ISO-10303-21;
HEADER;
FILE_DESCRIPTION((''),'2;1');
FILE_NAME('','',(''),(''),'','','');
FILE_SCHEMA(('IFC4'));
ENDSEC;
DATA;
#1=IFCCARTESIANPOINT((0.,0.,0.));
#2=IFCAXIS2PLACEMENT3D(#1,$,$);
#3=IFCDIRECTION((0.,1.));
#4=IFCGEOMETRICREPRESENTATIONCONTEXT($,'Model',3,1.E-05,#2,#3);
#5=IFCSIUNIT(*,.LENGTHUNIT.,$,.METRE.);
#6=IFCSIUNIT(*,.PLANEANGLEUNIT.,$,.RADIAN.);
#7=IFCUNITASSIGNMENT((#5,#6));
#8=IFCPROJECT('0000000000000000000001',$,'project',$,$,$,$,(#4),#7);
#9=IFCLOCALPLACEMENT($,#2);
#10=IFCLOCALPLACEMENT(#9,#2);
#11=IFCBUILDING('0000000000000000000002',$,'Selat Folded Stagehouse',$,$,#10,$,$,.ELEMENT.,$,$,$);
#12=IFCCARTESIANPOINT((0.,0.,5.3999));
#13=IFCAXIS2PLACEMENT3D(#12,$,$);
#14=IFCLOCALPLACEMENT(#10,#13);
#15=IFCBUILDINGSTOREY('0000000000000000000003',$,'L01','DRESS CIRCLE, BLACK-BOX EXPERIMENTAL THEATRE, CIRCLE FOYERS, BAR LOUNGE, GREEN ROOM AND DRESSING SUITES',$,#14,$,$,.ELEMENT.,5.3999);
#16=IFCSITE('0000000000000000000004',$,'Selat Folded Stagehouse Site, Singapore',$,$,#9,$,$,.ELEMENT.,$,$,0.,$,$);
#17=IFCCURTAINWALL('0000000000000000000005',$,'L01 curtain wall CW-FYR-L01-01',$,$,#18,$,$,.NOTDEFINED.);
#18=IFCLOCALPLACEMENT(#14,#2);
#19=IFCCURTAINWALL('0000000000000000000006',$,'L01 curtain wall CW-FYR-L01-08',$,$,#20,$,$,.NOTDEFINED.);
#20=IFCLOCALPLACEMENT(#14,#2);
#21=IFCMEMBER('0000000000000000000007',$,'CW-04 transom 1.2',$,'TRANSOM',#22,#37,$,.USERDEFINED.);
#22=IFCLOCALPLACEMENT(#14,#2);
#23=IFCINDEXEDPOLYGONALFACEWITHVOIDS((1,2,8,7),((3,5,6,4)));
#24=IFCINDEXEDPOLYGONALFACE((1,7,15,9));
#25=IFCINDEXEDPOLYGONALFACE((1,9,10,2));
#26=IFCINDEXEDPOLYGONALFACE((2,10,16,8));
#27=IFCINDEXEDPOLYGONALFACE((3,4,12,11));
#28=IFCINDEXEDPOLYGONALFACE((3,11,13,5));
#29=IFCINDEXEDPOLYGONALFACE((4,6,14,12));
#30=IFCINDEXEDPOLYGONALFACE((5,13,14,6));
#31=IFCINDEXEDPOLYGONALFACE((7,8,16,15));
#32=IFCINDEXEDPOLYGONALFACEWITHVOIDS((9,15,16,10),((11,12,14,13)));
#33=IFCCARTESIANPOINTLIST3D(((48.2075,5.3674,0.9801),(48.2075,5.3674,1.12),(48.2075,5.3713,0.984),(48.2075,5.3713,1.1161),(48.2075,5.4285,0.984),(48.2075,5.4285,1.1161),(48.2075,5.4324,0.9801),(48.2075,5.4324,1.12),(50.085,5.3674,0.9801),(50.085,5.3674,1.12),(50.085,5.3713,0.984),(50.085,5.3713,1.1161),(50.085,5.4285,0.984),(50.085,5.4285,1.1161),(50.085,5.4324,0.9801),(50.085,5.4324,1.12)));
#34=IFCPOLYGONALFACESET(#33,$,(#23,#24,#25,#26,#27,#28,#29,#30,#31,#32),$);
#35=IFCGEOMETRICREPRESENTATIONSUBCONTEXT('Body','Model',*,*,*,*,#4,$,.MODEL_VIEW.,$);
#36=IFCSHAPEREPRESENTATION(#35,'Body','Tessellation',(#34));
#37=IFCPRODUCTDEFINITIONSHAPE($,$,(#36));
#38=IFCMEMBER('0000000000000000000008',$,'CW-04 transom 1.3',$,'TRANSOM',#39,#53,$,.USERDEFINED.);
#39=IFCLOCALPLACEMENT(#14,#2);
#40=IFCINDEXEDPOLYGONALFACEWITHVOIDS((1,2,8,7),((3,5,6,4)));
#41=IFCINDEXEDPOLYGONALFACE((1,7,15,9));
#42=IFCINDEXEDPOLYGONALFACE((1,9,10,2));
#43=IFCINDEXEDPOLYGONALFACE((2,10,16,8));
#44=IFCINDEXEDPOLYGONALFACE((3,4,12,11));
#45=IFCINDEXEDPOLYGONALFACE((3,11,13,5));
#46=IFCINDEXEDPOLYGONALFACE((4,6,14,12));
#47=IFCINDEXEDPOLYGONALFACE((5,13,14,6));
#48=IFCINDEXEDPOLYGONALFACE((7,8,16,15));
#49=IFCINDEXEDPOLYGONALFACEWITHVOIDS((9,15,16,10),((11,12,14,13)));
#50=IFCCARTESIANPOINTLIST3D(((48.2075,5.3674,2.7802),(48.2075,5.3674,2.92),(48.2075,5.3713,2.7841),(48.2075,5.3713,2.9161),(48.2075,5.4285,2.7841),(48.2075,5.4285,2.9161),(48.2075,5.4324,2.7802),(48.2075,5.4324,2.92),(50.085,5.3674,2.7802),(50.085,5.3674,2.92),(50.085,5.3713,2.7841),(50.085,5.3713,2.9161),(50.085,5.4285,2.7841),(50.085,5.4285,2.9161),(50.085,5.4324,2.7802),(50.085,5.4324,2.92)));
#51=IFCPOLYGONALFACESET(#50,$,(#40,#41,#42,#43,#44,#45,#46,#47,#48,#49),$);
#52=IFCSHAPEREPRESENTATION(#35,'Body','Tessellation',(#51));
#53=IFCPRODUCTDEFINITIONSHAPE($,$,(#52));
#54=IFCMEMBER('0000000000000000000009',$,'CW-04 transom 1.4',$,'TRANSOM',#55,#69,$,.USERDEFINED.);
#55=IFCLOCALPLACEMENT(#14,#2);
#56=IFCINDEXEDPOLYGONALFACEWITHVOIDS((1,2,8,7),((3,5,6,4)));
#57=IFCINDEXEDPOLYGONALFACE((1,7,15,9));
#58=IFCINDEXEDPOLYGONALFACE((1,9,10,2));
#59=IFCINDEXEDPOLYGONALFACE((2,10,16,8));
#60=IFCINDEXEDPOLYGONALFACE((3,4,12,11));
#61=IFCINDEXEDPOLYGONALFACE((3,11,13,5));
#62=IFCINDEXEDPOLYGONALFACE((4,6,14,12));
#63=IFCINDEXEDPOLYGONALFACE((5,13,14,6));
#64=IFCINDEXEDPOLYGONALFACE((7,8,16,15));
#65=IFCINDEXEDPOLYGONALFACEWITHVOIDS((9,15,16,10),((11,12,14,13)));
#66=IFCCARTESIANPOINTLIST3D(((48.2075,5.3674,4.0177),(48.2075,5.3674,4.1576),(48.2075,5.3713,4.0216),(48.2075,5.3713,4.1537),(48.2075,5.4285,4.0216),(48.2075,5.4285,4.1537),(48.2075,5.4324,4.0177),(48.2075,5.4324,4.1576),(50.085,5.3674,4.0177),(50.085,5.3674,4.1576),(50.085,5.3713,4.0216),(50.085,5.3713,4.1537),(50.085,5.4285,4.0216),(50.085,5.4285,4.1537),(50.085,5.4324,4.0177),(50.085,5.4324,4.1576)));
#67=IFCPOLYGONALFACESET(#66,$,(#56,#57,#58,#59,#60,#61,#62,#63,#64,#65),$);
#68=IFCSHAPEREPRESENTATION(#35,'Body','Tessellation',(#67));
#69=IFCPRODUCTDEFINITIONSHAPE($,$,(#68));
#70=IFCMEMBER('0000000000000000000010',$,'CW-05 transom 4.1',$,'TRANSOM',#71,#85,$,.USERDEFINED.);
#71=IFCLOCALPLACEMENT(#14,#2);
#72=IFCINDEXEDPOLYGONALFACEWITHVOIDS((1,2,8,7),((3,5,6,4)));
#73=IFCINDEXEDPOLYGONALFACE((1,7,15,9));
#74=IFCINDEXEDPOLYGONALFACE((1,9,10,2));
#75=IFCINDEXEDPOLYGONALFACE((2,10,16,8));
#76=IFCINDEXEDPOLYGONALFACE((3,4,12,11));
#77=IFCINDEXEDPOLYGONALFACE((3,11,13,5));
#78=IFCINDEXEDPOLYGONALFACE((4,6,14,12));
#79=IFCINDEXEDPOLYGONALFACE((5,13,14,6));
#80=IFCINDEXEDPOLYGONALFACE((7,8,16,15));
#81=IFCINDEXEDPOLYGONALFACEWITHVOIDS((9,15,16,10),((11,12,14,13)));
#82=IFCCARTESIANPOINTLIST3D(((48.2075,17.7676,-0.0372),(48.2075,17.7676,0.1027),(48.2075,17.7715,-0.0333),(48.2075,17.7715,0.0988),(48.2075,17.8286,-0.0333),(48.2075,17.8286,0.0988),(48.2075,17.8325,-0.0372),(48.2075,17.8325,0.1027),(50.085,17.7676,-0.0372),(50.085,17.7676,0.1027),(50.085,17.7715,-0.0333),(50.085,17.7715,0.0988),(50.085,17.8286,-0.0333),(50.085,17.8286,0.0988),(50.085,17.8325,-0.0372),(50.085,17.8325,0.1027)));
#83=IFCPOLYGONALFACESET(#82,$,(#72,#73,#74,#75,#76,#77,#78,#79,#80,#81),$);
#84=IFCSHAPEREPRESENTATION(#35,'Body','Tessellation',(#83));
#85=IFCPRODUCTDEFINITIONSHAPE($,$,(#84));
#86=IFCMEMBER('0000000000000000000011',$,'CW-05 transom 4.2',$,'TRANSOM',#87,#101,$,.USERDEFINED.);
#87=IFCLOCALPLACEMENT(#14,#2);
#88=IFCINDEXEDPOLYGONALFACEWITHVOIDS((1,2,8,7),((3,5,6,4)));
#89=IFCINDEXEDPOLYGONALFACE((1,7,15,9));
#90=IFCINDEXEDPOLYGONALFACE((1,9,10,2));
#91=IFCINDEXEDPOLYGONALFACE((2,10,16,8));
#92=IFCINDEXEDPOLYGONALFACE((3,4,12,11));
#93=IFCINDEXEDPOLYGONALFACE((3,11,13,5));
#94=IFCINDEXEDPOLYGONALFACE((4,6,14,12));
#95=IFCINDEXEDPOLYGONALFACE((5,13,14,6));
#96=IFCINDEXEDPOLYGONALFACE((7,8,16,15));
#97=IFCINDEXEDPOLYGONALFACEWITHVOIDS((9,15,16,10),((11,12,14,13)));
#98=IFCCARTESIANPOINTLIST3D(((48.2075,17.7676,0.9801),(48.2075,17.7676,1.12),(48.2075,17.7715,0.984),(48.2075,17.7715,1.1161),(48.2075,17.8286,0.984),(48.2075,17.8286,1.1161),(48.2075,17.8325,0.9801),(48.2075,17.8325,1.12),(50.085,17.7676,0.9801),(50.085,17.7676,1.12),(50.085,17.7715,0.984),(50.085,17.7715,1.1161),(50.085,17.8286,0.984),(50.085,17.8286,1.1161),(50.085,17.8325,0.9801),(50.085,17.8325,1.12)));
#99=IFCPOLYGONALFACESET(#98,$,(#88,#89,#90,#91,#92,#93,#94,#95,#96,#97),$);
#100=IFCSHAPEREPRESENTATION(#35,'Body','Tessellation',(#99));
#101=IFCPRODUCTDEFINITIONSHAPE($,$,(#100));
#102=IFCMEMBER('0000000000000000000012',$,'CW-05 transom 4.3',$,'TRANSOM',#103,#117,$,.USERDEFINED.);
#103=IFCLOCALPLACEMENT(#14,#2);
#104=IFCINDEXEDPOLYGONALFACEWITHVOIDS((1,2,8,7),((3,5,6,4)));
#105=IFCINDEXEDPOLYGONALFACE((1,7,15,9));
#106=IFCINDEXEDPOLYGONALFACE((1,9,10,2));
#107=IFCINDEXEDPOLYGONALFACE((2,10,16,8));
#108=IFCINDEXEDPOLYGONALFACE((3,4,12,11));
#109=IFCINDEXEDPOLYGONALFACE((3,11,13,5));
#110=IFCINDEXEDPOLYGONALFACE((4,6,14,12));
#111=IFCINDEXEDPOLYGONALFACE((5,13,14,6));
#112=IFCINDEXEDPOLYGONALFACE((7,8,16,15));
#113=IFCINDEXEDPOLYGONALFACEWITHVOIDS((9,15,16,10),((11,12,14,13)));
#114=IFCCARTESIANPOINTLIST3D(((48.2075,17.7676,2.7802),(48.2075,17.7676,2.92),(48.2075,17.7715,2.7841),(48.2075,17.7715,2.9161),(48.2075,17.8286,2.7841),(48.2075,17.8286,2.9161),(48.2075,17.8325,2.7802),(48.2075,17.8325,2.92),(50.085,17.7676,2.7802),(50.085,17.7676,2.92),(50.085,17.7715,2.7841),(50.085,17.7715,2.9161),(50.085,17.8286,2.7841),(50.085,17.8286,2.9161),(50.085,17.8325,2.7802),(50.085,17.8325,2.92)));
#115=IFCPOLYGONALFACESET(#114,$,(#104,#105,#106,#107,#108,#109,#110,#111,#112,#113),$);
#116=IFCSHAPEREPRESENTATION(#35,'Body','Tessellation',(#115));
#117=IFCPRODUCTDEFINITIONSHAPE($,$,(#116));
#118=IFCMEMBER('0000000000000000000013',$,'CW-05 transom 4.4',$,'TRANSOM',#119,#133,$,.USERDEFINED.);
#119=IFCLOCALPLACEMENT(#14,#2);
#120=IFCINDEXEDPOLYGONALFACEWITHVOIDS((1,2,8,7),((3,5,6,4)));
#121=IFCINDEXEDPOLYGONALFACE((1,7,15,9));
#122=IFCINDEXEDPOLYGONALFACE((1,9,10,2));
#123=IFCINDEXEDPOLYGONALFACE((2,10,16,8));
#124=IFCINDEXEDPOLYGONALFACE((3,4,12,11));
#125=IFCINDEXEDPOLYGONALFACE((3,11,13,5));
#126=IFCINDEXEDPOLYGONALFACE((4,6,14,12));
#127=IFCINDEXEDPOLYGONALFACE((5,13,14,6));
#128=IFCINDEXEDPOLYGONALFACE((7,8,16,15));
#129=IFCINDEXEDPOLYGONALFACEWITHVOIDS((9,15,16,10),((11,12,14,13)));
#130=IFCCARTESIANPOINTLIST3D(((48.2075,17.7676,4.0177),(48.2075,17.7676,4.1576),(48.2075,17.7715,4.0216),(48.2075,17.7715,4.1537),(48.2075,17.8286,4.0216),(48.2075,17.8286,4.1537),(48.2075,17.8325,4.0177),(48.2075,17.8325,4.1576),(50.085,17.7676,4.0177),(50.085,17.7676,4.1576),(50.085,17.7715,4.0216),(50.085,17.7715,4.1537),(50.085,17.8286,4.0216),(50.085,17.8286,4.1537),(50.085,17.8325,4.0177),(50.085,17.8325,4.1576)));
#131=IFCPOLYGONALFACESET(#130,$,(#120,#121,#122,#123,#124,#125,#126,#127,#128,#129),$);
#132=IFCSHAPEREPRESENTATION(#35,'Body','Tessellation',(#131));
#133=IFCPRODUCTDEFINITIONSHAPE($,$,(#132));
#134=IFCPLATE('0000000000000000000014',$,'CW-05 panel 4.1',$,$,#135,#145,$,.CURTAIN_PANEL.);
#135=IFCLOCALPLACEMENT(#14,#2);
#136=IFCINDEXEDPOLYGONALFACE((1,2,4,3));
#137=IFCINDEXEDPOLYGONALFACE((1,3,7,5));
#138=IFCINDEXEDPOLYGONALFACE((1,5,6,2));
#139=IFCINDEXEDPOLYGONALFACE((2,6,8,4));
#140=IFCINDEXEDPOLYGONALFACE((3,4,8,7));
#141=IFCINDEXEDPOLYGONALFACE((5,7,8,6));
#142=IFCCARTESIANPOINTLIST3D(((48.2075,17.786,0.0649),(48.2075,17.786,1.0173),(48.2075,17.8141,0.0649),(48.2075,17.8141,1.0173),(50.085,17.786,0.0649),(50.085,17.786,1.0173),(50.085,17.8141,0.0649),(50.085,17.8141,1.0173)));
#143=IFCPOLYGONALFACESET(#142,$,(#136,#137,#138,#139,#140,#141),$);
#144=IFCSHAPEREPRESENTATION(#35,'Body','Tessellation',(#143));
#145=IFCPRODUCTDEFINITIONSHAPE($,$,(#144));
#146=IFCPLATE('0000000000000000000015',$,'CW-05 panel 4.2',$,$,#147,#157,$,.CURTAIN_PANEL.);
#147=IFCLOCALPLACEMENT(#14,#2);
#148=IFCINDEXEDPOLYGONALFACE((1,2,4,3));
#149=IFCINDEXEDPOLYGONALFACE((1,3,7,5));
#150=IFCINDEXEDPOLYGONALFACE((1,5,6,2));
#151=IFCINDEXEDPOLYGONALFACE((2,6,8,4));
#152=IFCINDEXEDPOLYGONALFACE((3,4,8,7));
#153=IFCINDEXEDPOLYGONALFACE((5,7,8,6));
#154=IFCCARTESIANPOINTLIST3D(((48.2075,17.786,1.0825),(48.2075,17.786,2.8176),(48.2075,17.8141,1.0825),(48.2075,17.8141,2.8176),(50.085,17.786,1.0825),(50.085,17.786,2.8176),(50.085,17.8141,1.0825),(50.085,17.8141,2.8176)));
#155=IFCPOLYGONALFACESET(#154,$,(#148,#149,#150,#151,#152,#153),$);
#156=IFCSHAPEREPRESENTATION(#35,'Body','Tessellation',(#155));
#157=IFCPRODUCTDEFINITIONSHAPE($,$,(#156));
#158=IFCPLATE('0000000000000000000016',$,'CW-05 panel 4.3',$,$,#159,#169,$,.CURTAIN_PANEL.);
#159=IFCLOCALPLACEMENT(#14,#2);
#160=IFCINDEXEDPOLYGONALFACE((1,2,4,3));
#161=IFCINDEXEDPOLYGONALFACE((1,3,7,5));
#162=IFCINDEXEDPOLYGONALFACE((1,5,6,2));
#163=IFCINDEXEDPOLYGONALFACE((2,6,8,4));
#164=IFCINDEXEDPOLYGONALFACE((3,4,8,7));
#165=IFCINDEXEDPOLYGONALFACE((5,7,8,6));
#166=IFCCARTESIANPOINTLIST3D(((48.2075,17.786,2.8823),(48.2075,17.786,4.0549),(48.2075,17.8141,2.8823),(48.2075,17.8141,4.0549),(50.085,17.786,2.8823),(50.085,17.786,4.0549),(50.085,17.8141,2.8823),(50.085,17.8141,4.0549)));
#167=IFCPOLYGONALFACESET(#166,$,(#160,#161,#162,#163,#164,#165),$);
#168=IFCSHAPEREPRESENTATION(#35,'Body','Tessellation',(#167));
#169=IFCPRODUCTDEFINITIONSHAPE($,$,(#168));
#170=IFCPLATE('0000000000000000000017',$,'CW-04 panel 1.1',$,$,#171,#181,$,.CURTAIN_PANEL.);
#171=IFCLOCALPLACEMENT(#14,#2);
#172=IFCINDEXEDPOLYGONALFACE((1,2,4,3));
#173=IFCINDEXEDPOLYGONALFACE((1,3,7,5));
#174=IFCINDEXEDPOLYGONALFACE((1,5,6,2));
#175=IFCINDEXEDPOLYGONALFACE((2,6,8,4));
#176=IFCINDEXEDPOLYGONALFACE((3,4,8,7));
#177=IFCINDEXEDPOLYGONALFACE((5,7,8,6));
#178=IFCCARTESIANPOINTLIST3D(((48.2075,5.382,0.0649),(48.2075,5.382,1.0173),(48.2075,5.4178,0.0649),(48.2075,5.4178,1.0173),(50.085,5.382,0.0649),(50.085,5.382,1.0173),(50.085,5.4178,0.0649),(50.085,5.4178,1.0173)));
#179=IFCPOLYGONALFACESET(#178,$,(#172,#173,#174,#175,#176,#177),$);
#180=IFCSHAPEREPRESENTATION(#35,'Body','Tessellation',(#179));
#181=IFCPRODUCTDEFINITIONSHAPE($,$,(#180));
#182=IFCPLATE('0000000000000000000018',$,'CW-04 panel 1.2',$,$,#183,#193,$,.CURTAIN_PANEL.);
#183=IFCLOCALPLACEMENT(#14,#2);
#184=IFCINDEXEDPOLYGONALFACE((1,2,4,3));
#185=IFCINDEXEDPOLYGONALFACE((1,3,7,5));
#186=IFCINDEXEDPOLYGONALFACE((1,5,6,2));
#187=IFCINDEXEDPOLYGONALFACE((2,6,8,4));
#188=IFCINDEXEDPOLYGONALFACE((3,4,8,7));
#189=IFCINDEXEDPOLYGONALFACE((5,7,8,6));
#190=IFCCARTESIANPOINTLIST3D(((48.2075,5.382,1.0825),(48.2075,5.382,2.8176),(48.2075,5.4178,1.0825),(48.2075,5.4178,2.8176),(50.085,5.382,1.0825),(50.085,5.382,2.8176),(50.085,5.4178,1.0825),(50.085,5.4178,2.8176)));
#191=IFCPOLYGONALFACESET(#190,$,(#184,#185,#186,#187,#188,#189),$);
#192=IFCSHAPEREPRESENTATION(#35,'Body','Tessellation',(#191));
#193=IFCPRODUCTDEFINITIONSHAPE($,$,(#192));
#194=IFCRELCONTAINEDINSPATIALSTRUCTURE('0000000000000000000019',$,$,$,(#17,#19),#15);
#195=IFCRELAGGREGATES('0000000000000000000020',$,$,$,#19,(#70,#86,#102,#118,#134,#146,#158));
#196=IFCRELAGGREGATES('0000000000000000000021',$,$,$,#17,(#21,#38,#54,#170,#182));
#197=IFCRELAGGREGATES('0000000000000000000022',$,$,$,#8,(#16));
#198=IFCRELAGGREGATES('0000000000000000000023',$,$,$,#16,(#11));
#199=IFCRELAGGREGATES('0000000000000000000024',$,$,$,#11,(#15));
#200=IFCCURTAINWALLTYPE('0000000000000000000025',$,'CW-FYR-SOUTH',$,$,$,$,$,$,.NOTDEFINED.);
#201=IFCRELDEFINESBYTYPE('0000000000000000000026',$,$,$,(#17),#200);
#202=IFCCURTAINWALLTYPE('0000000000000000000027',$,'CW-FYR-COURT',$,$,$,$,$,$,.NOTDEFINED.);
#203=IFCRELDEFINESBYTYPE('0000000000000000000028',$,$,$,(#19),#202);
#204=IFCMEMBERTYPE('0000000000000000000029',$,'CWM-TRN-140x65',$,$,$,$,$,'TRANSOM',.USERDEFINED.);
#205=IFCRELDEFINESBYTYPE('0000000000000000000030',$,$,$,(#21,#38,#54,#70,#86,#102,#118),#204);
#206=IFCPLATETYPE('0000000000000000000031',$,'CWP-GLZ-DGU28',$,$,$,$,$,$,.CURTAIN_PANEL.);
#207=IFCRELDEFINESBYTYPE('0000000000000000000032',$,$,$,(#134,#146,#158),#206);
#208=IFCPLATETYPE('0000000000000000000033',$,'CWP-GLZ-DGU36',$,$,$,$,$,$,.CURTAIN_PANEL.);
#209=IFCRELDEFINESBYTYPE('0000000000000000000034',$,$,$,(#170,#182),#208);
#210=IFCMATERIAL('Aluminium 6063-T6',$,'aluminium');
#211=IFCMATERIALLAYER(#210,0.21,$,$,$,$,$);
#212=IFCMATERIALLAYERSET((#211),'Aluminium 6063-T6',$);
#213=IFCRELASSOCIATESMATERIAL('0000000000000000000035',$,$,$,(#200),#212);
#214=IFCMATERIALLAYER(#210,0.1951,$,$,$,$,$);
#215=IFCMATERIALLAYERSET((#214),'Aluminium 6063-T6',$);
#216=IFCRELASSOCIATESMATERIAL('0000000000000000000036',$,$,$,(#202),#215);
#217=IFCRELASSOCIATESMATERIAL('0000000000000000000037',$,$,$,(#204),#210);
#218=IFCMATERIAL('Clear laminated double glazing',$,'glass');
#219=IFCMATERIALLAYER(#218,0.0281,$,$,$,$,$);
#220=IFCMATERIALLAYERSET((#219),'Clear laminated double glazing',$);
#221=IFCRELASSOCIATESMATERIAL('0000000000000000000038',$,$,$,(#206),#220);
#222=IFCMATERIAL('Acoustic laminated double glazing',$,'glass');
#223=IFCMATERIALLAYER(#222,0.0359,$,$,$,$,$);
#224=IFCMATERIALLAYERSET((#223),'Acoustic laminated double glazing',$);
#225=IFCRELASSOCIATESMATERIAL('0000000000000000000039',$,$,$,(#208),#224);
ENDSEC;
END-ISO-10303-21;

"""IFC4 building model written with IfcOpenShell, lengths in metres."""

from ifc_helpers import new_model, si_unit, direction, frame, origin, origin_2d, place, context, subcontext, project, spatial, rectangle, hollow_rectangle, extrude, material, layer, layer_set, material_profile, profile_set, type_object, element, aggregate, save


model = new_model("IFC4")

# Units and contexts
model_context = context("Model", 3, precision=1e-05, world=origin(), true_north=direction((0.0, 1.0)))
body_context = subcontext(model_context, "Body", "Model", "MODEL_VIEW")
ifc_project = project(units=[si_unit("LENGTHUNIT", "METRE"), si_unit("PLANEANGLEUNIT", "RADIAN")], contexts=[model_context])

# Site, building, storey
site_placement = place(None, origin())
site = spatial("IfcSite", under=ifc_project, at=site_placement, Name="Selat Folded Stagehouse Site, Singapore", CompositionType="ELEMENT", RefElevation=0.0)
building_placement = place(site_placement, origin())
building = spatial("IfcBuilding", under=site, at=building_placement, Name="Selat Folded Stagehouse", CompositionType="ELEMENT")
storey_placement = place(building_placement, frame((0.0, 0.0, 5.3999)))
storey = spatial("IfcBuildingStorey", under=building, at=storey_placement, Name="L01", Description="DRESS CIRCLE, BLACK-BOX EXPERIMENTAL THEATRE, CIRCLE FOYERS, BAR LOUNGE, GREEN ROOM AND DRESSING SUITES", CompositionType="ELEMENT", Elevation=5.3999)

# Curtain walls
ifc_material_1 = material(Name="Aluminium 6063-T6", Category="aluminium")
ifc_layer_1 = layer(ifc_material_1, 0.21)
ifc_layer_set_1 = layer_set([ifc_layer_1], Name="Aluminium 6063-T6")
curtain_wall_type_1 = type_object("IfcCurtainWallType", Name="CW-FYR-SOUTH", PredefinedType="NOTDEFINED", material=ifc_layer_set_1)
curtain_wall_1_placement = place(storey_placement, origin())
curtain_wall_1 = element("IfcCurtainWall", 1, at=curtain_wall_1_placement, inside=storey, type_object=curtain_wall_type_1, Name="L01 curtain wall CW-FYR-L01-01", PredefinedType="NOTDEFINED")
ifc_layer_2 = layer(ifc_material_1, 0.1951)
ifc_layer_set_2 = layer_set([ifc_layer_2], Name="Aluminium 6063-T6")
curtain_wall_type_2 = type_object("IfcCurtainWallType", Name="CW-FYR-COURT", PredefinedType="NOTDEFINED", material=ifc_layer_set_2)
curtain_wall_2_placement = place(storey_placement, origin())
curtain_wall_2 = element("IfcCurtainWall", 2, at=curtain_wall_2_placement, inside=storey, type_object=curtain_wall_type_2, Name="L01 curtain wall CW-FYR-L01-08", PredefinedType="NOTDEFINED")

# Members
ifc_material_profile_1 = material_profile(ifc_material_1, hollow_rectangle(XDim=0.0649, YDim=0.1399, WallThickness=0.0039, at=origin_2d()), Name="ALU 140x65x4.0")
ifc_profile_set_1 = profile_set([ifc_material_profile_1], Name="Aluminium 6063-T6")
member_type_1 = type_object("IfcMemberType", Name="CWM-TRN-140x65", ElementType="TRANSOM", PredefinedType="USERDEFINED", material=ifc_profile_set_1)
member_1_placement = place(storey_placement, frame((50.085, 5.3999, 1.05), z_axis=(-1.0, 0.0, 0.0), x_axis=(0.0, -1.0, 0.0)))
member_1 = element("IfcMember", 3, at=member_1_placement, type_object=member_type_1, Name="CW-04 transom 1.2", ObjectType="TRANSOM", PredefinedType="USERDEFINED", context=body_context, shape_type="SweptSolid", body=[
    extrude(hollow_rectangle(XDim=0.0649, YDim=0.1399, WallThickness=0.0039, at=origin_2d()), origin(), (0.0, 0.0, 1.0), 1.8774),
])
member_2_placement = place(storey_placement, frame((50.085, 5.3999, 2.8501), z_axis=(-1.0, 0.0, 0.0), x_axis=(0.0, -1.0, 0.0)))
member_2 = element("IfcMember", 4, at=member_2_placement, type_object=member_type_1, Name="CW-04 transom 1.3", ObjectType="TRANSOM", PredefinedType="USERDEFINED", context=body_context, shape_type="SweptSolid", body=[
    extrude(hollow_rectangle(XDim=0.0649, YDim=0.1399, WallThickness=0.0039, at=origin_2d()), origin(), (0.0, 0.0, 1.0), 1.8774),
])
member_3_placement = place(storey_placement, frame((50.085, 5.3999, 4.0876), z_axis=(-1.0, 0.0, 0.0), x_axis=(0.0, -1.0, 0.0)))
member_3 = element("IfcMember", 5, at=member_3_placement, type_object=member_type_1, Name="CW-04 transom 1.4", ObjectType="TRANSOM", PredefinedType="USERDEFINED", context=body_context, shape_type="SweptSolid", body=[
    extrude(hollow_rectangle(XDim=0.0649, YDim=0.1399, WallThickness=0.0039, at=origin_2d()), origin(), (0.0, 0.0, 1.0), 1.8774),
])
member_4_placement = place(storey_placement, frame((48.2075, 17.8, 0.0327), z_axis=(1.0, 0.0, 0.0), x_axis=(0.0, 1.0, 0.0)))
member_4 = element("IfcMember", 6, at=member_4_placement, type_object=member_type_1, Name="CW-05 transom 4.1", ObjectType="TRANSOM", PredefinedType="USERDEFINED", context=body_context, shape_type="SweptSolid", body=[
    extrude(hollow_rectangle(XDim=0.0649, YDim=0.1399, WallThickness=0.0039, at=origin_2d()), origin(), (0.0, 0.0, 1.0), 1.8774),
])
member_5_placement = place(storey_placement, frame((48.2075, 17.8, 1.05), z_axis=(1.0, 0.0, 0.0), x_axis=(0.0, 1.0, 0.0)))
member_5 = element("IfcMember", 7, at=member_5_placement, type_object=member_type_1, Name="CW-05 transom 4.2", ObjectType="TRANSOM", PredefinedType="USERDEFINED", context=body_context, shape_type="SweptSolid", body=[
    extrude(hollow_rectangle(XDim=0.0649, YDim=0.1399, WallThickness=0.0039, at=origin_2d()), origin(), (0.0, 0.0, 1.0), 1.8774),
])
member_6_placement = place(storey_placement, frame((48.2075, 17.8, 2.8501), z_axis=(1.0, 0.0, 0.0), x_axis=(0.0, 1.0, 0.0)))
member_6 = element("IfcMember", 8, at=member_6_placement, type_object=member_type_1, Name="CW-05 transom 4.3", ObjectType="TRANSOM", PredefinedType="USERDEFINED", context=body_context, shape_type="SweptSolid", body=[
    extrude(hollow_rectangle(XDim=0.0649, YDim=0.1399, WallThickness=0.0039, at=origin_2d()), origin(), (0.0, 0.0, 1.0), 1.8774),
])
member_7_placement = place(storey_placement, frame((48.2075, 17.8, 4.0876), z_axis=(1.0, 0.0, 0.0), x_axis=(0.0, 1.0, 0.0)))
member_7 = element("IfcMember", 9, at=member_7_placement, type_object=member_type_1, Name="CW-05 transom 4.4", ObjectType="TRANSOM", PredefinedType="USERDEFINED", context=body_context, shape_type="SweptSolid", body=[
    extrude(hollow_rectangle(XDim=0.0649, YDim=0.1399, WallThickness=0.0039, at=origin_2d()), origin(), (0.0, 0.0, 1.0), 1.8774),
])

# Plates
ifc_material_2 = material(Name="Clear laminated double glazing", Category="glass")
ifc_layer_3 = layer(ifc_material_2, 0.0281)
ifc_layer_set_3 = layer_set([ifc_layer_3], Name="Clear laminated double glazing")
plate_type_1 = type_object("IfcPlateType", Name="CWP-GLZ-DGU28", PredefinedType="CURTAIN_PANEL", material=ifc_layer_set_3)
plate_1_placement = place(storey_placement, frame((49.1462, 17.8, 0.0649), z_axis=(0.0, 0.0, 1.0), x_axis=(1.0, 0.0, 0.0)))
plate_1 = element("IfcPlate", 10, at=plate_1_placement, type_object=plate_type_1, Name="CW-05 panel 4.1", PredefinedType="CURTAIN_PANEL", context=body_context, shape_type="SweptSolid", body=[
    extrude(rectangle(XDim=1.8774, YDim=0.0281, at=origin_2d()), origin(), (0.0, 0.0, 1.0), 0.9524),
])
plate_2_placement = place(storey_placement, frame((49.1462, 17.8, 1.0825), z_axis=(0.0, 0.0, 1.0), x_axis=(1.0, 0.0, 0.0)))
plate_2 = element("IfcPlate", 11, at=plate_2_placement, type_object=plate_type_1, Name="CW-05 panel 4.2", PredefinedType="CURTAIN_PANEL", context=body_context, shape_type="SweptSolid", body=[
    extrude(rectangle(XDim=1.8774, YDim=0.0281, at=origin_2d()), origin(), (0.0, 0.0, 1.0), 1.7351),
])
plate_3_placement = place(storey_placement, frame((49.1462, 17.8, 2.8823), z_axis=(0.0, 0.0, 1.0), x_axis=(1.0, 0.0, 0.0)))
plate_3 = element("IfcPlate", 12, at=plate_3_placement, type_object=plate_type_1, Name="CW-05 panel 4.3", PredefinedType="CURTAIN_PANEL", context=body_context, shape_type="SweptSolid", body=[
    extrude(rectangle(XDim=1.8774, YDim=0.0281, at=origin_2d()), origin(), (0.0, 0.0, 1.0), 1.1726),
])
aggregate(curtain_wall_2, [member_4, member_5, member_6, member_7, plate_1, plate_2, plate_3])
ifc_material_3 = material(Name="Acoustic laminated double glazing", Category="glass")
ifc_layer_4 = layer(ifc_material_3, 0.0359)
ifc_layer_set_4 = layer_set([ifc_layer_4], Name="Acoustic laminated double glazing")
plate_type_2 = type_object("IfcPlateType", Name="CWP-GLZ-DGU36", PredefinedType="CURTAIN_PANEL", material=ifc_layer_set_4)
plate_4_placement = place(storey_placement, frame((49.1462, 5.3999, 0.0649), z_axis=(0.0, 0.0, 1.0), x_axis=(-1.0, 0.0, 0.0)))
plate_4 = element("IfcPlate", 13, at=plate_4_placement, type_object=plate_type_2, Name="CW-04 panel 1.1", PredefinedType="CURTAIN_PANEL", context=body_context, shape_type="SweptSolid", body=[
    extrude(rectangle(XDim=1.8774, YDim=0.0359, at=origin_2d()), origin(), (0.0, 0.0, 1.0), 0.9524),
])
plate_5_placement = place(storey_placement, frame((49.1462, 5.3999, 1.0825), z_axis=(0.0, 0.0, 1.0), x_axis=(-1.0, 0.0, 0.0)))
plate_5 = element("IfcPlate", 14, at=plate_5_placement, type_object=plate_type_2, Name="CW-04 panel 1.2", PredefinedType="CURTAIN_PANEL", context=body_context, shape_type="SweptSolid", body=[
    extrude(rectangle(XDim=1.8774, YDim=0.0359, at=origin_2d()), origin(), (0.0, 0.0, 1.0), 1.7351),
])
aggregate(curtain_wall_1, [member_1, member_2, member_3, plate_4, plate_5])

save(model, "model.ifc")
